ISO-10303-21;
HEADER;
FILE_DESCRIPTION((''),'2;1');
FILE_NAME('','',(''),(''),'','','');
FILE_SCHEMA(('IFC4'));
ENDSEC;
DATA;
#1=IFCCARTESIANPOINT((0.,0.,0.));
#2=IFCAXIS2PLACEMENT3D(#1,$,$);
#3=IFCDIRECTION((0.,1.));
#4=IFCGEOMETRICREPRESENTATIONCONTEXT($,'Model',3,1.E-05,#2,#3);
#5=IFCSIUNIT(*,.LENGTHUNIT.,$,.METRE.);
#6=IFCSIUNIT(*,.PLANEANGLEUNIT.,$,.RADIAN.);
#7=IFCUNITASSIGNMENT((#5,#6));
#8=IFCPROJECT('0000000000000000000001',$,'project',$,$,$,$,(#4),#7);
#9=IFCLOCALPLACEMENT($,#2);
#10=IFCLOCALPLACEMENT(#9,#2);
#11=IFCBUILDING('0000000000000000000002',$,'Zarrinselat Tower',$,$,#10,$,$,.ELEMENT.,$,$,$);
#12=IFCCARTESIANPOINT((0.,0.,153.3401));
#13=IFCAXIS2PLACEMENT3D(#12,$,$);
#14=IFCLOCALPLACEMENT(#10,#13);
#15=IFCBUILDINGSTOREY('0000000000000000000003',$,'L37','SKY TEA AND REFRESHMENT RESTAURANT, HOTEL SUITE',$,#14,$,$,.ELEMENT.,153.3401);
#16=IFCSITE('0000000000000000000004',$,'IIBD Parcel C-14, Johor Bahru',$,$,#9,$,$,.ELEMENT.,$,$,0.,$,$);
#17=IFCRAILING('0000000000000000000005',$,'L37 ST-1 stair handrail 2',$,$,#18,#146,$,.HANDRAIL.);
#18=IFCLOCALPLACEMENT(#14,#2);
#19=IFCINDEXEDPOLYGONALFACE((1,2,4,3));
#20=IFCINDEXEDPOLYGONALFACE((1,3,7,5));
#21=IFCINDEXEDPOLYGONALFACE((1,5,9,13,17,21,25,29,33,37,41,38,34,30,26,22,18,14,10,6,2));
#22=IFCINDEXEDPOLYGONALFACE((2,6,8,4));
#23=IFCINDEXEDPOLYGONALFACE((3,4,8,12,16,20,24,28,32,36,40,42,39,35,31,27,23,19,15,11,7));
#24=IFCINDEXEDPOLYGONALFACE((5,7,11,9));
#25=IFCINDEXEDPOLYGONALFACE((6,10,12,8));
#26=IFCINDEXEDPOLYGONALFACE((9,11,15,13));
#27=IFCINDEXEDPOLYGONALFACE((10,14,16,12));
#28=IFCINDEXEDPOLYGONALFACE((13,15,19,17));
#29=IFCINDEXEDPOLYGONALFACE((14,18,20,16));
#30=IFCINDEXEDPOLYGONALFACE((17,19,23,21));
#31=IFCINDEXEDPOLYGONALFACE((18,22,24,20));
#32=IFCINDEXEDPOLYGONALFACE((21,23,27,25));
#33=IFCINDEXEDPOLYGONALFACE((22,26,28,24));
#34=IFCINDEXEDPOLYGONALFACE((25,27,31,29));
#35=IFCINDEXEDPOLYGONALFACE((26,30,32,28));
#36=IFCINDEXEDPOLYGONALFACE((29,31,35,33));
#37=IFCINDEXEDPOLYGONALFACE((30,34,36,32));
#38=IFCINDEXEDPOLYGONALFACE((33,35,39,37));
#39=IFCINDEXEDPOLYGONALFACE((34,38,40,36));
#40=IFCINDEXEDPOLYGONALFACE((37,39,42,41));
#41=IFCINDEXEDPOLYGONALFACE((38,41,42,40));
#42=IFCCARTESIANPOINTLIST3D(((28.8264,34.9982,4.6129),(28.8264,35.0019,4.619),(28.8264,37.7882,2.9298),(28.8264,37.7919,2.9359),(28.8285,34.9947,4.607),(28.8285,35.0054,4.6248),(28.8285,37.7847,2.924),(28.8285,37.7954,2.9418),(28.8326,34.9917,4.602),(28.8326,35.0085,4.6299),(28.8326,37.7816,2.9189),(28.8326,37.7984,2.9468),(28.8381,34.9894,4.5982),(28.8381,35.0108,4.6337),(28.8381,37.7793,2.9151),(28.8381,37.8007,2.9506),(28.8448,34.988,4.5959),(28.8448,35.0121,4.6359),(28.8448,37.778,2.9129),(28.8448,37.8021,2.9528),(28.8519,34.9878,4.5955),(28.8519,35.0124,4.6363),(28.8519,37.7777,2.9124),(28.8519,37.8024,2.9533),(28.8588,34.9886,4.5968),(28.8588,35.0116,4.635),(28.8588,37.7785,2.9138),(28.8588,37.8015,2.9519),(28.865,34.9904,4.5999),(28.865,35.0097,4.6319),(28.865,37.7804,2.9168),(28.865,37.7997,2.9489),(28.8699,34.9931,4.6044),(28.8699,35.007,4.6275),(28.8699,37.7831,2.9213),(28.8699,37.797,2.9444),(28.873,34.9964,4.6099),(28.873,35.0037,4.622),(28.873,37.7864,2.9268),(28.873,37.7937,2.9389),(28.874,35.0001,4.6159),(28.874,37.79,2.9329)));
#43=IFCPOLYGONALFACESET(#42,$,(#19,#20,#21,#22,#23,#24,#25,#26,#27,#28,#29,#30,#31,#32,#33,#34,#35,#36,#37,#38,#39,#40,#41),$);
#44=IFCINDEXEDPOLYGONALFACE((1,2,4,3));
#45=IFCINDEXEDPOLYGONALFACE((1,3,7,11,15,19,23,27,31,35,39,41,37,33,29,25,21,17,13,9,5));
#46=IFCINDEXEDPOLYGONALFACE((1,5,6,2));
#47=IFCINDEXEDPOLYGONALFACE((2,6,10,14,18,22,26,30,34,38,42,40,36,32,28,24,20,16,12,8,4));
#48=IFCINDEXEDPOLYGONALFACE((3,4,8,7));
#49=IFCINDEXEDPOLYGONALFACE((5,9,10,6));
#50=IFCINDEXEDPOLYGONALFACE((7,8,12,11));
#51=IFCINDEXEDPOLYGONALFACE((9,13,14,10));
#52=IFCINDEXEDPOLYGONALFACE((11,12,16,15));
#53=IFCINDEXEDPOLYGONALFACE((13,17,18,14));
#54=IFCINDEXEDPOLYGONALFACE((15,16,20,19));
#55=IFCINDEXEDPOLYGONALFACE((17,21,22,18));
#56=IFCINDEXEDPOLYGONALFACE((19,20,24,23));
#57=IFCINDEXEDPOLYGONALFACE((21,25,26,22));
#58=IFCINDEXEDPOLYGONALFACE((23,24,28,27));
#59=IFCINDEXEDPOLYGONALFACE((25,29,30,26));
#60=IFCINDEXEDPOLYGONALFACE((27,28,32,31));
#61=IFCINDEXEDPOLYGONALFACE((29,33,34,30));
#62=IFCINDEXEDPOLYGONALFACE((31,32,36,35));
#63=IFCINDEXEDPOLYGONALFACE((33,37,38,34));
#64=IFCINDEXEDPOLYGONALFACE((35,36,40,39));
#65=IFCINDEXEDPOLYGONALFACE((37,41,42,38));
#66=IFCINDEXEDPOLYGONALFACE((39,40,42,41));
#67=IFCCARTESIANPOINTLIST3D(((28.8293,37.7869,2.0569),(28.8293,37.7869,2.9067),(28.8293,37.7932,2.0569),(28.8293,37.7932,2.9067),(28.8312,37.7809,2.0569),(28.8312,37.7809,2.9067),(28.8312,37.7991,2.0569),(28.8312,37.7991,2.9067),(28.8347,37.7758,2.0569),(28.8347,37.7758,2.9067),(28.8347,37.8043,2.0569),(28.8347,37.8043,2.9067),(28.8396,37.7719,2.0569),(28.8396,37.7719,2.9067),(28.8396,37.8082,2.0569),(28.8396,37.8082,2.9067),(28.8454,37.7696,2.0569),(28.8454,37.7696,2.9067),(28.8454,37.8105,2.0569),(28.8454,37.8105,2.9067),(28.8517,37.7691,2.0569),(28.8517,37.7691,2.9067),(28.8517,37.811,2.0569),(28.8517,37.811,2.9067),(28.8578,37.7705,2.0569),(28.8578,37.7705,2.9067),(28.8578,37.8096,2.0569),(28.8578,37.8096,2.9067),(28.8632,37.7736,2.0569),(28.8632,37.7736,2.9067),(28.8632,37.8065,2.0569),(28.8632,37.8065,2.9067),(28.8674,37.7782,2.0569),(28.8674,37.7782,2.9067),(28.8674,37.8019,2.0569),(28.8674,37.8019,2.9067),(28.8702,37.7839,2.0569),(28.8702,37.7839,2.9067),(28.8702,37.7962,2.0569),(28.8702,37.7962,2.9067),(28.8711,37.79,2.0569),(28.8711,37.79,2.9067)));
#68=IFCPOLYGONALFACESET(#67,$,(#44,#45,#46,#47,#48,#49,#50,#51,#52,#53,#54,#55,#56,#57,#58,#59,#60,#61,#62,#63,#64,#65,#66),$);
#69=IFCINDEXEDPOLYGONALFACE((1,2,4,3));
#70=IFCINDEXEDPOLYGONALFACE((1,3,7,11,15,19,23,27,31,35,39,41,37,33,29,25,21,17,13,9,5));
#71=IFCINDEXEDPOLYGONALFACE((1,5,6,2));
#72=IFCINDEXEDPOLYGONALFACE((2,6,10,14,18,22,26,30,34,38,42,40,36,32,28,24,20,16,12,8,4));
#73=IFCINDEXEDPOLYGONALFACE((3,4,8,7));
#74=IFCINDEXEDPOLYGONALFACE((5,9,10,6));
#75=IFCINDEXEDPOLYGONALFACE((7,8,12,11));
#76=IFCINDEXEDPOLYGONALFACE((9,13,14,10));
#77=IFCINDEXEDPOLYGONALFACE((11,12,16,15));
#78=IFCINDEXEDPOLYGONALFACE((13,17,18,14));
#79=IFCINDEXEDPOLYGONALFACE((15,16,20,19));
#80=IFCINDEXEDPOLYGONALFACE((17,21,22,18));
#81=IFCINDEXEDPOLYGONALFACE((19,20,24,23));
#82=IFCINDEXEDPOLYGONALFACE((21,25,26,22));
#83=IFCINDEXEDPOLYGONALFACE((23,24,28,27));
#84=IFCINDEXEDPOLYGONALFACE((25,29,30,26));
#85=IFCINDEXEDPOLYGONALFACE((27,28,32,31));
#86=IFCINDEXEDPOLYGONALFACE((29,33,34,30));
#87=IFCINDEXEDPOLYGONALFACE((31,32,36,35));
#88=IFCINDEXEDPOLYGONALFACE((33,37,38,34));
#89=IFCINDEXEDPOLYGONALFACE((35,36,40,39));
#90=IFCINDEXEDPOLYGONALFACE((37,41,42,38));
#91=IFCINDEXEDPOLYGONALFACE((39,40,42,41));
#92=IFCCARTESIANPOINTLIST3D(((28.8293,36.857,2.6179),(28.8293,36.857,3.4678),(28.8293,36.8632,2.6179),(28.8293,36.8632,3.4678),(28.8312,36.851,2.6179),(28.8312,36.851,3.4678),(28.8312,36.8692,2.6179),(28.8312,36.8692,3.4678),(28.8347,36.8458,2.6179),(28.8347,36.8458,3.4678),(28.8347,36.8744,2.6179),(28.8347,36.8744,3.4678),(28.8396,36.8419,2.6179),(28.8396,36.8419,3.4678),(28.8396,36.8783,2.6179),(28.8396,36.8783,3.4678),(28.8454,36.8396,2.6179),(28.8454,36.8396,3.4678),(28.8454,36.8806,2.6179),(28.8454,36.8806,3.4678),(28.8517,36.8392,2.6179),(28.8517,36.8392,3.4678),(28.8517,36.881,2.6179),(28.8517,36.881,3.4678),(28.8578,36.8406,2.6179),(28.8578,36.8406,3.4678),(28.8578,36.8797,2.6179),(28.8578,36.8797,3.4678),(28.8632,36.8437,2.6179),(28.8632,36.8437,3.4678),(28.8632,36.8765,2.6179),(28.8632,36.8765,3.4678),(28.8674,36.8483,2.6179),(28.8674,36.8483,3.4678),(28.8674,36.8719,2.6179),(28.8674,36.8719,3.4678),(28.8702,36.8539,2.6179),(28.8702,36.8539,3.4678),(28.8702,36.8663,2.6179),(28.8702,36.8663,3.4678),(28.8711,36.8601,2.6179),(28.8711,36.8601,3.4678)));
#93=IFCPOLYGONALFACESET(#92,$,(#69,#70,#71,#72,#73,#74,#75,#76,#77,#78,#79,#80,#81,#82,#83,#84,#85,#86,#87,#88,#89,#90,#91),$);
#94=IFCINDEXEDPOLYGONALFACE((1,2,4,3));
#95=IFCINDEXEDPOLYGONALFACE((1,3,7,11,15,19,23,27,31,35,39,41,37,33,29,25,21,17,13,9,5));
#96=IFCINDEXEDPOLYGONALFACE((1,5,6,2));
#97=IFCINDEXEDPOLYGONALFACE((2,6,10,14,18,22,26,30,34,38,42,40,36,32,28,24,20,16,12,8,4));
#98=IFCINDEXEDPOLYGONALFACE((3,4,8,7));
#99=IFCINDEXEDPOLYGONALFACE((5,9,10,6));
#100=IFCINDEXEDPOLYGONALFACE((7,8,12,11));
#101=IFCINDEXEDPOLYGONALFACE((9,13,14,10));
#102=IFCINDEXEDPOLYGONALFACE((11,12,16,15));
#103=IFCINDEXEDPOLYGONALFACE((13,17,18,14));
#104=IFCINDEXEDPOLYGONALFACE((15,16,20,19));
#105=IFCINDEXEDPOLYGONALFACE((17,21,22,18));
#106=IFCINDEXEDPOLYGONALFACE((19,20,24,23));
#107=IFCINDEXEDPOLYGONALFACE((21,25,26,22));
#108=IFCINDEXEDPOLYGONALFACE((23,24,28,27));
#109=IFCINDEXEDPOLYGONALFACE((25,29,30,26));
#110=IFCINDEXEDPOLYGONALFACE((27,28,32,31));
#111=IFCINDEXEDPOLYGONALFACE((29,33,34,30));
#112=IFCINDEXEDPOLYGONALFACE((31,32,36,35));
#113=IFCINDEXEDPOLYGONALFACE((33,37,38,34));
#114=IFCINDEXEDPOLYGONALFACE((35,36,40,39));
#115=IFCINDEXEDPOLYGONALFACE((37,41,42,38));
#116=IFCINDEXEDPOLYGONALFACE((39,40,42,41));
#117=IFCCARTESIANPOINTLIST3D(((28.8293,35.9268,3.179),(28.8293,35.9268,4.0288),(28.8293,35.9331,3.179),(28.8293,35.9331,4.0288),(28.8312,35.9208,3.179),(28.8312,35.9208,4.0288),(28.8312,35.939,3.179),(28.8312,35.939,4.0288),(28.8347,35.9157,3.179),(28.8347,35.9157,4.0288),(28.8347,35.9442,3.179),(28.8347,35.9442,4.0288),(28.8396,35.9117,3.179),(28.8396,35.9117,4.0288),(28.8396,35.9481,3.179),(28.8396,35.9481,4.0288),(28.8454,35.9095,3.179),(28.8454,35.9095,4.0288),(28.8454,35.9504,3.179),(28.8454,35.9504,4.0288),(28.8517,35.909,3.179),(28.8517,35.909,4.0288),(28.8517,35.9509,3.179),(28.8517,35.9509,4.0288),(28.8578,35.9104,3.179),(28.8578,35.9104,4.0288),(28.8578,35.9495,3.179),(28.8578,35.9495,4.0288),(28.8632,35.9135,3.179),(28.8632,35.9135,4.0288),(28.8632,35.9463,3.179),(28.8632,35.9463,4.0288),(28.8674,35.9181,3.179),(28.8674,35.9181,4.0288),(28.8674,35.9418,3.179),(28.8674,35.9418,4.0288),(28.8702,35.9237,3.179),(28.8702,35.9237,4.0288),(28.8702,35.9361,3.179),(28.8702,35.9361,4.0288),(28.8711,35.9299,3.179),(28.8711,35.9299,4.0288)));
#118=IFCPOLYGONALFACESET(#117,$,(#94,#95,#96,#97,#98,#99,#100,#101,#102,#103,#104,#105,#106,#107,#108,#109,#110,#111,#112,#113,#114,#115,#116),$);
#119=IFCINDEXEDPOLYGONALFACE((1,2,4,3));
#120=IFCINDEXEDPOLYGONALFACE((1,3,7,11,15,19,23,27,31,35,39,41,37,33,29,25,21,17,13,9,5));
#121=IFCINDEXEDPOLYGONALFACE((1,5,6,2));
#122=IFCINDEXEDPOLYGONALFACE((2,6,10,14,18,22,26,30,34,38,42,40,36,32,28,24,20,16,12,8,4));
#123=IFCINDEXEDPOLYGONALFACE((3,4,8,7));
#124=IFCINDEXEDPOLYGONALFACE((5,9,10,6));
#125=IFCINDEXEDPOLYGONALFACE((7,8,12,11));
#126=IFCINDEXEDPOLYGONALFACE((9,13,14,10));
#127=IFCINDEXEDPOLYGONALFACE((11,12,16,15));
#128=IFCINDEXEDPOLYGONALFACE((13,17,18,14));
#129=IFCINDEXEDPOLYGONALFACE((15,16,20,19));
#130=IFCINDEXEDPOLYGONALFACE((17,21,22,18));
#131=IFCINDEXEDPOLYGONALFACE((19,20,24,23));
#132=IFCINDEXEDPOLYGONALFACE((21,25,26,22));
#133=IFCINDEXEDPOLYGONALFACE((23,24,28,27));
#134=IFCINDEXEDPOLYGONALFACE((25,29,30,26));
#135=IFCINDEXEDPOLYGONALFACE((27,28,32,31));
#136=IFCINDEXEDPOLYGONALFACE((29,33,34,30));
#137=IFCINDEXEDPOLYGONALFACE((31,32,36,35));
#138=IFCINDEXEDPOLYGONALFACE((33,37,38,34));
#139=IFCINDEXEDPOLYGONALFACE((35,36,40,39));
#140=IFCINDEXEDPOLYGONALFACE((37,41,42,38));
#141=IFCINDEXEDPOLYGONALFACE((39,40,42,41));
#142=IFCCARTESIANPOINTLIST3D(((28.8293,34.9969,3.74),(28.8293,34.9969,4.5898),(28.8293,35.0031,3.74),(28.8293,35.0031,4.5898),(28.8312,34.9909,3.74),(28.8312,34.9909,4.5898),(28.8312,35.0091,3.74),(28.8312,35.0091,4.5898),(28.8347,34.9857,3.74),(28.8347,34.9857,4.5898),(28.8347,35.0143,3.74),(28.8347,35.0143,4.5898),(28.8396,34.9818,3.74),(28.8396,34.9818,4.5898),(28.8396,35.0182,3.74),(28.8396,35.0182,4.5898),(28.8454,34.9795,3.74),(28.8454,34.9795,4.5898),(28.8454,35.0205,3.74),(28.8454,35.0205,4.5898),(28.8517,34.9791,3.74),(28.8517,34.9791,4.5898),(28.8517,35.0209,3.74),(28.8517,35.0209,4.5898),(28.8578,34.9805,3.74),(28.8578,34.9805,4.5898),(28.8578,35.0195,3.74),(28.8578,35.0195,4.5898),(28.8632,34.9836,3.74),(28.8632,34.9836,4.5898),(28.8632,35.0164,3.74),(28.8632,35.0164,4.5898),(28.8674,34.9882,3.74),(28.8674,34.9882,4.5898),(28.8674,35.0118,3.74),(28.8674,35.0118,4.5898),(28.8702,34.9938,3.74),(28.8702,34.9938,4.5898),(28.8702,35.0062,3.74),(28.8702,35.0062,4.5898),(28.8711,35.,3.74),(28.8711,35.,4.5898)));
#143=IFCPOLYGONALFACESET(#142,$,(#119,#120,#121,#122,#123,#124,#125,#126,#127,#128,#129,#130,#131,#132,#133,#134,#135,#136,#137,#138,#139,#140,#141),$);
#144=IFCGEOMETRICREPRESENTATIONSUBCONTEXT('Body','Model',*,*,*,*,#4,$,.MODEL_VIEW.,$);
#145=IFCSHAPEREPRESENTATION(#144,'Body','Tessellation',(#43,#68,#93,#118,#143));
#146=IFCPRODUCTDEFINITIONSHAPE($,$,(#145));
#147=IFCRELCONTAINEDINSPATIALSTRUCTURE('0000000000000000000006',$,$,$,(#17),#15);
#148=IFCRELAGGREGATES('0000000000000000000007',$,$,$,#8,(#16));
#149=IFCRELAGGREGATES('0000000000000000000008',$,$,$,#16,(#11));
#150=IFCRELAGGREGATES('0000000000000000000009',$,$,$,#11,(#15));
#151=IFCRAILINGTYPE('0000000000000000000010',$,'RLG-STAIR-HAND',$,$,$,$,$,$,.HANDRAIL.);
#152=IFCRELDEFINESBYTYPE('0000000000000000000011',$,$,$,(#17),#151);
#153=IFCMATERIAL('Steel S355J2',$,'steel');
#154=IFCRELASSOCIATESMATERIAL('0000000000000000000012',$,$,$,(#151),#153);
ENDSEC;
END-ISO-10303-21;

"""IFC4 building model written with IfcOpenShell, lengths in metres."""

from ifc_helpers import new_model, si_unit, direction, frame, origin, origin_2d, place, context, subcontext, project, spatial, circle, extrude, material, type_object, element, save


model = new_model("IFC4")

# Units and contexts
model_context = context("Model", 3, precision=1e-05, world=origin(), true_north=direction((0.0, 1.0)))
body_context = subcontext(model_context, "Body", "Model", "MODEL_VIEW")
ifc_project = project(units=[si_unit("LENGTHUNIT", "METRE"), si_unit("PLANEANGLEUNIT", "RADIAN")], contexts=[model_context])

# Site, building, storey
site_placement = place(None, origin())
site = spatial("IfcSite", under=ifc_project, at=site_placement, Name="IIBD Parcel C-14, Johor Bahru", CompositionType="ELEMENT", RefElevation=0.0)
building_placement = place(site_placement, origin())
building = spatial("IfcBuilding", under=site, at=building_placement, Name="Zarrinselat Tower", CompositionType="ELEMENT")
storey_placement = place(building_placement, frame((0.0, 0.0, 153.3401)))
storey = spatial("IfcBuildingStorey", under=building, at=storey_placement, Name="L37", Description="SKY TEA AND REFRESHMENT RESTAURANT, HOTEL SUITE", CompositionType="ELEMENT", Elevation=153.3401)

# Railing
ifc_material_1 = material(Name="Steel S355J2", Category="steel")
railing_type_1 = type_object("IfcRailingType", Name="RLG-STAIR-HAND", PredefinedType="HANDRAIL", material=ifc_material_1)
railing_1_placement = place(storey_placement, frame((28.8501, 37.79, 2.0569)))
element("IfcRailing", 1, at=railing_1_placement, inside=storey, type_object=railing_type_1, Name="L37 ST-1 stair handrail 2", PredefinedType="HANDRAIL", context=body_context, shape_type="SweptSolid", body=[
    extrude(circle(Radius=0.0239, at=origin_2d()), frame((0.0, 0.0, 0.876), z_axis=(0.0, -0.856261, 0.516544), x_axis=(1.0, 0.0, 0.0)), (0.0, 0.0, 1.0), 3.2583),
    extrude(circle(Radius=0.021, at=origin_2d()), origin(), (0.0, 0.0, 1.0), 0.8499),
    extrude(circle(Radius=0.021, at=origin_2d()), frame((0.0, -0.9299, 0.561)), (0.0, 0.0, 1.0), 0.8499),
    extrude(circle(Radius=0.021, at=origin_2d()), frame((0.0, -1.8601, 1.1221)), (0.0, 0.0, 1.0), 0.8499),
    extrude(circle(Radius=0.021, at=origin_2d()), frame((0.0, -2.79, 1.6831)), (0.0, 0.0, 1.0), 0.8499),
])

save(model, "model.ifc")
